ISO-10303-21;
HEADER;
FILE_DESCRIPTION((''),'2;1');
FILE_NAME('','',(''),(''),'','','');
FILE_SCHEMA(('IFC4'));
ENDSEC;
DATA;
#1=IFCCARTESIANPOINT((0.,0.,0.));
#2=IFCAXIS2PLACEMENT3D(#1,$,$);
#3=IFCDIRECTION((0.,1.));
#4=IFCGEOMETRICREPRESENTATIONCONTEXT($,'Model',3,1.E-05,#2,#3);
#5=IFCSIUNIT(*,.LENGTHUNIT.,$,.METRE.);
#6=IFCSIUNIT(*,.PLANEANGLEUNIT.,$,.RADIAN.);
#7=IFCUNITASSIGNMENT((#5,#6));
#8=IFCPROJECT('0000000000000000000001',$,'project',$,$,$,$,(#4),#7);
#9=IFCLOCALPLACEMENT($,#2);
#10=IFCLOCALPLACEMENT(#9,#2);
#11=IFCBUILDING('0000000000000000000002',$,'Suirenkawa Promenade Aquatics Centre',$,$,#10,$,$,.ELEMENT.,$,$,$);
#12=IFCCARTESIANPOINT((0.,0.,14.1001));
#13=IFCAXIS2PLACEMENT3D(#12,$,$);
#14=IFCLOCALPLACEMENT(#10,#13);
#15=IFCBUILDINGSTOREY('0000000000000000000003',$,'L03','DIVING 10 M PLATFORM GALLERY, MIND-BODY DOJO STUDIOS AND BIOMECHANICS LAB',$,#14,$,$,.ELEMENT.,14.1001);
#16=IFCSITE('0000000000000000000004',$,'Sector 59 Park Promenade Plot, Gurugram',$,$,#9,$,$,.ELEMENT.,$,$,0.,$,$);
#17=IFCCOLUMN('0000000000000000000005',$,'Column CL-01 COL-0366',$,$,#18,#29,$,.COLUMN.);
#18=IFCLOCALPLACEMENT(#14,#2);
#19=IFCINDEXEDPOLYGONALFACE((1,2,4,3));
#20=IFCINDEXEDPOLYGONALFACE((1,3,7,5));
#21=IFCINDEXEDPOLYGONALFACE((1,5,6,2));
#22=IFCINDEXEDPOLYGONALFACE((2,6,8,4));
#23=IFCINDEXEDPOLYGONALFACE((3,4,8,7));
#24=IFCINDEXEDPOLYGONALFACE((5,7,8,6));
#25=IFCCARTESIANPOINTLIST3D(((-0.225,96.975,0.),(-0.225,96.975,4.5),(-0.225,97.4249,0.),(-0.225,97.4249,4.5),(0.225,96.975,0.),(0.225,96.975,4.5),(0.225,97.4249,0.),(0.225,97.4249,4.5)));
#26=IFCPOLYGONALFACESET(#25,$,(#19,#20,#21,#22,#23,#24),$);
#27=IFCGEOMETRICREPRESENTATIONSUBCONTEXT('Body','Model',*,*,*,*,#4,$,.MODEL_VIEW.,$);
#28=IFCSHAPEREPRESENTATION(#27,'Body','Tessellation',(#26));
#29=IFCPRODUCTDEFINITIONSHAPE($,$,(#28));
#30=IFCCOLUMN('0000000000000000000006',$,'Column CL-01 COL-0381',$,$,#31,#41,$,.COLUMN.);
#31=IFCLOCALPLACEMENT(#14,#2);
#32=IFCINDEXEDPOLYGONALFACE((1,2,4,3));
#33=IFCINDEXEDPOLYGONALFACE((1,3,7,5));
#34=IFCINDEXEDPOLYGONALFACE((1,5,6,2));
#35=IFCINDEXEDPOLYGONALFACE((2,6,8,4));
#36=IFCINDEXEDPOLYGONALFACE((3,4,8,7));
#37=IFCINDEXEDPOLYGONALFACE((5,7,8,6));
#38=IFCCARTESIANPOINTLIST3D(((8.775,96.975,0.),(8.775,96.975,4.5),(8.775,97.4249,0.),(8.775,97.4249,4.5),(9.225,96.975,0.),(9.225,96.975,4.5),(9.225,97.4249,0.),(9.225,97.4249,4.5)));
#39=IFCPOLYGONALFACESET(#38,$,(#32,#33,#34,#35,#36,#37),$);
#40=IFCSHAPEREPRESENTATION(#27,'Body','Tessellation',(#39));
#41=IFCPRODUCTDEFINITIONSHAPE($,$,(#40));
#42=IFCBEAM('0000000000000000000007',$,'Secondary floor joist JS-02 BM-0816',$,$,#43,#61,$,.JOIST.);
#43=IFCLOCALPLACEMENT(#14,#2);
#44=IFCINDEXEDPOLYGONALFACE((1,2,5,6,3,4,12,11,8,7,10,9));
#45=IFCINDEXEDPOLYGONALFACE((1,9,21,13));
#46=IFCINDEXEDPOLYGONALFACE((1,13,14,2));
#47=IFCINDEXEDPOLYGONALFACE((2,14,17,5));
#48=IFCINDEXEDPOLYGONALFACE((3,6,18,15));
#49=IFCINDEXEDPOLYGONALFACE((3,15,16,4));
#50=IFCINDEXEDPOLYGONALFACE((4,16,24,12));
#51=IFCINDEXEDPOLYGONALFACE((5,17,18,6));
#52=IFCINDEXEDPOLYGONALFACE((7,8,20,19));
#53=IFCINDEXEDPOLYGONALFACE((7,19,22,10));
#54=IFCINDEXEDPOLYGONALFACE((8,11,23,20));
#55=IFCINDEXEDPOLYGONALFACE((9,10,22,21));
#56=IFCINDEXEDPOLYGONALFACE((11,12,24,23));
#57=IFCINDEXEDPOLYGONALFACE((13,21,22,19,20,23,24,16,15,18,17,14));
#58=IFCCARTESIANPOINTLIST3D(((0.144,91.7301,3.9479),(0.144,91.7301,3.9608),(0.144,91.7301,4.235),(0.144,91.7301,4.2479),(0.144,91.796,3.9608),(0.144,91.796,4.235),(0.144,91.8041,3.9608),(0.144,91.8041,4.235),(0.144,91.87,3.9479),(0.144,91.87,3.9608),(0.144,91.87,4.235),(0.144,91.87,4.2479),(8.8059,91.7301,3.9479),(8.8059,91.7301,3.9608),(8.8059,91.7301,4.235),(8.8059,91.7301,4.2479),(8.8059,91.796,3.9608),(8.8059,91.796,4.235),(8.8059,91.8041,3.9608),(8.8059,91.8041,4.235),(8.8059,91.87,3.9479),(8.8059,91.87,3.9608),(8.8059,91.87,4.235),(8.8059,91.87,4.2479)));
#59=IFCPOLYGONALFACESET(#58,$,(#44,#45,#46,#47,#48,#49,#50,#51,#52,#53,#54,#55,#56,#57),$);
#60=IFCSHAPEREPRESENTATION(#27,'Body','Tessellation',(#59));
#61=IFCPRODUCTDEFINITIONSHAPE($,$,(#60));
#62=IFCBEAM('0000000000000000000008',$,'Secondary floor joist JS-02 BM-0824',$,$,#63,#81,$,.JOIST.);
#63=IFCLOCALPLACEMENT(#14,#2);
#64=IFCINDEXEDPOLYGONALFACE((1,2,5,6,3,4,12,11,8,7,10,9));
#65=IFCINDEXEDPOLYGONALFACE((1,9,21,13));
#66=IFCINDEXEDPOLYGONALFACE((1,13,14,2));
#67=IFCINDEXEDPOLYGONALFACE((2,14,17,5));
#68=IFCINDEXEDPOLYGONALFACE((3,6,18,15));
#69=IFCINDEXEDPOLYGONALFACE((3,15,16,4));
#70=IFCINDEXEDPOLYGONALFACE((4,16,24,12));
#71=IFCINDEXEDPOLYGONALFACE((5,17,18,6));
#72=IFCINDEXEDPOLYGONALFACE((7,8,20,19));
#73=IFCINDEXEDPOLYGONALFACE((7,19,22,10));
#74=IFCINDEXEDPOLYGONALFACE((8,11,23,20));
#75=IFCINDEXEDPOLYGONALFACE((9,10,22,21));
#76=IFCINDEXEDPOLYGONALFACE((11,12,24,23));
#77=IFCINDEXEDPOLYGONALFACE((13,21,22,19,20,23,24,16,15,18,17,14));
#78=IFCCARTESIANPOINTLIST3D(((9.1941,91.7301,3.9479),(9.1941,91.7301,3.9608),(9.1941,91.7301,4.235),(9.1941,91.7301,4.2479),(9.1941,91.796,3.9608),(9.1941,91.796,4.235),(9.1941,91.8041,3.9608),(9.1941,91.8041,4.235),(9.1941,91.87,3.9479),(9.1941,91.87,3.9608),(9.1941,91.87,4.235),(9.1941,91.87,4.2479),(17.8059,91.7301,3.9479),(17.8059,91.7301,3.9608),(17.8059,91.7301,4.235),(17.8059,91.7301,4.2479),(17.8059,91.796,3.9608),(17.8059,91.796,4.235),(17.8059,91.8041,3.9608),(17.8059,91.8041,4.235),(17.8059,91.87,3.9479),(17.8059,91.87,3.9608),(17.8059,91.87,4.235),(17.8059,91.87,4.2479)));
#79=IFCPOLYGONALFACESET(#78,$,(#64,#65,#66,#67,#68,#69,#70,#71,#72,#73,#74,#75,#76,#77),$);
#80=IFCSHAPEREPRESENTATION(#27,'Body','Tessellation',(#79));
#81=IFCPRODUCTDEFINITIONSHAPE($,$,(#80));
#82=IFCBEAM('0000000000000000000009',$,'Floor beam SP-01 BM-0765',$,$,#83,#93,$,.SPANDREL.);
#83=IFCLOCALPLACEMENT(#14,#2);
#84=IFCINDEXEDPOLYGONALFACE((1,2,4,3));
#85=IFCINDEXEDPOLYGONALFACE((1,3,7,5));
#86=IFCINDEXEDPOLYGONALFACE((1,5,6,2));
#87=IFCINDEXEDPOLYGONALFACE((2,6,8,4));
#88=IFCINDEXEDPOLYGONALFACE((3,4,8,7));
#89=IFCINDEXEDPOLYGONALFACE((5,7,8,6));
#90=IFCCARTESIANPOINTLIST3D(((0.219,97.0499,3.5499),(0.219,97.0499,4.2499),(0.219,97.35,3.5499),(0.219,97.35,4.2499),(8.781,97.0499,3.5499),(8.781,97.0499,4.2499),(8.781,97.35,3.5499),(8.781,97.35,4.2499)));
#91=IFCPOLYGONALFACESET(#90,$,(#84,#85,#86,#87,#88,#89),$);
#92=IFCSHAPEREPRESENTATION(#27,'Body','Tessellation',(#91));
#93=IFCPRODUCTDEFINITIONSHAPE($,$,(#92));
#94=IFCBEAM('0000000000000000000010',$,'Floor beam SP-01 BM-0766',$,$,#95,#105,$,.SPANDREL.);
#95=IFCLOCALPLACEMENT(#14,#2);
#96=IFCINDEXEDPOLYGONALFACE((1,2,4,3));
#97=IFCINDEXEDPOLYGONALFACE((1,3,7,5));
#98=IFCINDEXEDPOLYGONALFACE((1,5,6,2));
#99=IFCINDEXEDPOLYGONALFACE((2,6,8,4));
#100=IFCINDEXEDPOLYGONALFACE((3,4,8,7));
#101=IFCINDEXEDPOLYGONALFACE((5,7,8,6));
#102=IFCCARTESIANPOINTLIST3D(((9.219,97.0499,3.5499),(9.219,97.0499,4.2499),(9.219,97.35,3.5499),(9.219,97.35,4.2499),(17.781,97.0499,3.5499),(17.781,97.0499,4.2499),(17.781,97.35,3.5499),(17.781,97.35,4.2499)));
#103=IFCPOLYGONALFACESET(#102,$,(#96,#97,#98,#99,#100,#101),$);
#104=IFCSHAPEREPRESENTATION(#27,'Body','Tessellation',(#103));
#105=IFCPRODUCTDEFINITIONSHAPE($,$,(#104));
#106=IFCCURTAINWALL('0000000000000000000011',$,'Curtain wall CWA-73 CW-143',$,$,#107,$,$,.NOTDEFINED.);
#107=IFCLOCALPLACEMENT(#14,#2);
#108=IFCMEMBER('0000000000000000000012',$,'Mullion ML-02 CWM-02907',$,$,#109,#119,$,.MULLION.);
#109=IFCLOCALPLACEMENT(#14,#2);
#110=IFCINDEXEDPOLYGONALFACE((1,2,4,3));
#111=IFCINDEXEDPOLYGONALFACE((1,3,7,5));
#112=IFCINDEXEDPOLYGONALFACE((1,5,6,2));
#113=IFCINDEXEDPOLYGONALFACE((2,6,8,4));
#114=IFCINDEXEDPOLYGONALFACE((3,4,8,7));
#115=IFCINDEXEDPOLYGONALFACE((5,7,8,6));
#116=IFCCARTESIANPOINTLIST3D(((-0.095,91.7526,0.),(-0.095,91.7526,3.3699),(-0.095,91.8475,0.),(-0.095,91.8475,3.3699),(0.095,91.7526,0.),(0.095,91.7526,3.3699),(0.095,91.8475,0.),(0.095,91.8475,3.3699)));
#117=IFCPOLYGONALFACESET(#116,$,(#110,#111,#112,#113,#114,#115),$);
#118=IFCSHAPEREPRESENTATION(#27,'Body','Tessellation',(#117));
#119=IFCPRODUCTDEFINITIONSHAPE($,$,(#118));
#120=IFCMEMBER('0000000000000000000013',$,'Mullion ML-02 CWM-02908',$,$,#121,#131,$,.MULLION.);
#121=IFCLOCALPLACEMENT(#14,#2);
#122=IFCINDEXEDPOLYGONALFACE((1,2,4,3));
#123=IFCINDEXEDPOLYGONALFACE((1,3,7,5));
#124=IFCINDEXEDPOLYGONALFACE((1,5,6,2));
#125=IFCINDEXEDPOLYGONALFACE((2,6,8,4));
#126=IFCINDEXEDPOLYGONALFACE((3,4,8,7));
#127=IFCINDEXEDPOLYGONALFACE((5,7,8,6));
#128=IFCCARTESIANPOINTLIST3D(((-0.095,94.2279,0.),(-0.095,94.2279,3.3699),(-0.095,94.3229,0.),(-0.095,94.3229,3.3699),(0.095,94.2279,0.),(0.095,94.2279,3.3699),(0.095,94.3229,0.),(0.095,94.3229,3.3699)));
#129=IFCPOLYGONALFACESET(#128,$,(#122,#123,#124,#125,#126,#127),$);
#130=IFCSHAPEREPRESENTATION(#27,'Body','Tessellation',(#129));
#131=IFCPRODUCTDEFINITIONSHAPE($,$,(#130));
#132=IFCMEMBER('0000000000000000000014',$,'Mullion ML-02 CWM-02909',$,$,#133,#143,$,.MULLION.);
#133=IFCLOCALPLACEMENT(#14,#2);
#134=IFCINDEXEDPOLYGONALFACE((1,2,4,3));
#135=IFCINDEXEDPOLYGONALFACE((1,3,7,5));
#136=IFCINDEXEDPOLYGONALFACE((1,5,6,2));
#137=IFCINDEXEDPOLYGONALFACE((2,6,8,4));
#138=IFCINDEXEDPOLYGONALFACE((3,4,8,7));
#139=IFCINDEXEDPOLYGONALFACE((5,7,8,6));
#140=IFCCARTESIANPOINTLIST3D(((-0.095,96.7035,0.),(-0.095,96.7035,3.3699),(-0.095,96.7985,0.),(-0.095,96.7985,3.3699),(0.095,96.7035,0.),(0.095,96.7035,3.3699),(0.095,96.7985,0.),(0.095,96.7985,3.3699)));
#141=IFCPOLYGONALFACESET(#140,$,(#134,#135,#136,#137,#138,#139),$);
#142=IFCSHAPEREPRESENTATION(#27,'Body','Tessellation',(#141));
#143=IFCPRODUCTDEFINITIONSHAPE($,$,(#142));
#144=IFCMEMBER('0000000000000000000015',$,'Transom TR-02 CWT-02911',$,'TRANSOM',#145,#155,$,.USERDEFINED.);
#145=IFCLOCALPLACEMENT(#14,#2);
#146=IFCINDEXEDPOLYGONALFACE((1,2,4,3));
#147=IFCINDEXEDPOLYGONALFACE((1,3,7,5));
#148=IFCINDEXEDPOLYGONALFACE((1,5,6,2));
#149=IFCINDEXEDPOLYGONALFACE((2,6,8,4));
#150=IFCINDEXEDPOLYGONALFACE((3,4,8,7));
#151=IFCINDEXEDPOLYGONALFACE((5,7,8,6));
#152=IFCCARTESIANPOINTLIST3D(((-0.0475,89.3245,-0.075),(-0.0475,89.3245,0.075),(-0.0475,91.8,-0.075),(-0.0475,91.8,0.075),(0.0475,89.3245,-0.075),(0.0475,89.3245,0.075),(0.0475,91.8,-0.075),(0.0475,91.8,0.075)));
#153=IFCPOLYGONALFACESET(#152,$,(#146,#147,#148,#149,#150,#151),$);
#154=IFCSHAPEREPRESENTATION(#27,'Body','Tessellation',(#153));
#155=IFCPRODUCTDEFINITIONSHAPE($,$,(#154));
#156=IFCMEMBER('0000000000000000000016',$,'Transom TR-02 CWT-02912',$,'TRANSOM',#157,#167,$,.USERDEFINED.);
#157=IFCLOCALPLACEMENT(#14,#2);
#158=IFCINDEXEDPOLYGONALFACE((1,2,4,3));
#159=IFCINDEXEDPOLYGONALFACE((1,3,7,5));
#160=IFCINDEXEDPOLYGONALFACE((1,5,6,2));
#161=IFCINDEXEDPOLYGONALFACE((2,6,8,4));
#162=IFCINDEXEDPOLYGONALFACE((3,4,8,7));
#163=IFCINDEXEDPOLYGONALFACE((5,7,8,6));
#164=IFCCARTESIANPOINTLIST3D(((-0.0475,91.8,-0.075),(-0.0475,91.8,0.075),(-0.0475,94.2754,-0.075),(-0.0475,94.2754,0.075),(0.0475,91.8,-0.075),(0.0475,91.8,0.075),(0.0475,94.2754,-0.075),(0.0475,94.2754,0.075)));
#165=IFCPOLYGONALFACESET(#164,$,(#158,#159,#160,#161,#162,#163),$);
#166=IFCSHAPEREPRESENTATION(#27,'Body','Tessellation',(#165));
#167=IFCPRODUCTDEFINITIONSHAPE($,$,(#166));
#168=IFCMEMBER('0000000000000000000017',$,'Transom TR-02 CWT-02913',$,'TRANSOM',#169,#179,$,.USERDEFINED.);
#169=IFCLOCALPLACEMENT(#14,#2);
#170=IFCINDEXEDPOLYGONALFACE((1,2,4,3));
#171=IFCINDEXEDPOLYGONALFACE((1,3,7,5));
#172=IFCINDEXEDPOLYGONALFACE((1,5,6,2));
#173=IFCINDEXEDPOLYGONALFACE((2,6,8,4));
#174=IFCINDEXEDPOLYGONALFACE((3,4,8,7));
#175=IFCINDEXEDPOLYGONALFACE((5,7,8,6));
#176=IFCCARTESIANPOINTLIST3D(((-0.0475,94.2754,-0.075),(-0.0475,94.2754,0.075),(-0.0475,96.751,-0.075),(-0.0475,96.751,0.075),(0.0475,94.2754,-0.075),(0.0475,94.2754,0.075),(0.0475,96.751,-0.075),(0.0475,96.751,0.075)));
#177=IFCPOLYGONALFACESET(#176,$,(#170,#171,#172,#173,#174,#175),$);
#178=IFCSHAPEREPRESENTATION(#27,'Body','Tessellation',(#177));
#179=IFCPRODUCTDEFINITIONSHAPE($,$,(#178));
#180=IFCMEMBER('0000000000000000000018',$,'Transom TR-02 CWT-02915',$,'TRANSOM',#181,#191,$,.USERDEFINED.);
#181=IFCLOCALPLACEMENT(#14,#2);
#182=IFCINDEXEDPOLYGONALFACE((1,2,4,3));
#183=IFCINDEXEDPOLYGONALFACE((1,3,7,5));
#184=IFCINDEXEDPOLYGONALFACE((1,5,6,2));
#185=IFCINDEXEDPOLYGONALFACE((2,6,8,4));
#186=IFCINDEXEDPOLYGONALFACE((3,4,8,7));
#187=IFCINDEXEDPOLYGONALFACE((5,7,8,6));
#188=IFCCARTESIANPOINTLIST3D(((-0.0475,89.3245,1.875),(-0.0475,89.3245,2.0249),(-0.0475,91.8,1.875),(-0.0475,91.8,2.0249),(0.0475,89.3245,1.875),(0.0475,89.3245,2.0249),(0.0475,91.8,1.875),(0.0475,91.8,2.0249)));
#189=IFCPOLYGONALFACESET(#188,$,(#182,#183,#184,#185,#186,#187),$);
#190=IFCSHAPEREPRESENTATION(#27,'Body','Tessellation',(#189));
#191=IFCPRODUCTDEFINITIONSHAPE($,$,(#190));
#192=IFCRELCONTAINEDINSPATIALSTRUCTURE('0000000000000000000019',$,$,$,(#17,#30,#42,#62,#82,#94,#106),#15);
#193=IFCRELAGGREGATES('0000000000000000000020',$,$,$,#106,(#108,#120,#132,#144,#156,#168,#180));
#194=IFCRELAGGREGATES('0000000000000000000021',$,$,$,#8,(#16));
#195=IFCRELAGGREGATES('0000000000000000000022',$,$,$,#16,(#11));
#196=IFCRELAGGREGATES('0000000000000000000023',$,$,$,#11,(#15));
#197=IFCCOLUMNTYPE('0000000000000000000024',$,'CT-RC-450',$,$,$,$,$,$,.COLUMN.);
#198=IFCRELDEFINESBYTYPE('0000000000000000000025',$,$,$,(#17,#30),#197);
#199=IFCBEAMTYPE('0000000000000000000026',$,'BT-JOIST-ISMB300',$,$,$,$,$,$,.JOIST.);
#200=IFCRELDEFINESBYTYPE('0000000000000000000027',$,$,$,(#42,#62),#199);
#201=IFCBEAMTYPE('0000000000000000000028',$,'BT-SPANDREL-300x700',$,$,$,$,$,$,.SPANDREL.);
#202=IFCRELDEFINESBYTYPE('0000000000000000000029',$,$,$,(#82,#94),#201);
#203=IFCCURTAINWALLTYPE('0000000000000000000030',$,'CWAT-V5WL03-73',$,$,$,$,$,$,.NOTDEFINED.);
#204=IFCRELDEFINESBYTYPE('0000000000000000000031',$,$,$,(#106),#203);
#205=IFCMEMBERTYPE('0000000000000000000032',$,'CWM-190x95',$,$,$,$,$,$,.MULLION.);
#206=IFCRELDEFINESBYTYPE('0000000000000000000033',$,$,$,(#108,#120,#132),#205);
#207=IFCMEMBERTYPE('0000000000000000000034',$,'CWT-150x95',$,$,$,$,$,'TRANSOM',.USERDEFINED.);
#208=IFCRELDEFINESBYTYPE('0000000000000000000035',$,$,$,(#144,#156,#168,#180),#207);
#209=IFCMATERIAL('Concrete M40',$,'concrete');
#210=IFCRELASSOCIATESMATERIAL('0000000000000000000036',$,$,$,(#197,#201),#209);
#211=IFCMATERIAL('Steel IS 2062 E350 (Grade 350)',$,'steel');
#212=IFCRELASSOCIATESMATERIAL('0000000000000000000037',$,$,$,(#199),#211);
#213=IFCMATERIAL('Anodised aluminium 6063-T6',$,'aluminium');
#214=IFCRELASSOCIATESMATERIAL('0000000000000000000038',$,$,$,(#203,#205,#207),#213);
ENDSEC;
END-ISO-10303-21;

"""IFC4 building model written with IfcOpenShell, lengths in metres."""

from ifc_helpers import new_model, si_unit, direction, frame, origin, origin_2d, place, context, subcontext, project, spatial, rectangle, i_section, extrude, material, material_profile, profile_set, type_object, element, aggregate, save


model = new_model("IFC4")

# Units and contexts
model_context = context("Model", 3, precision=1e-05, world=origin(), true_north=direction((0.0, 1.0)))
body_context = subcontext(model_context, "Body", "Model", "MODEL_VIEW")
ifc_project = project(units=[si_unit("LENGTHUNIT", "METRE"), si_unit("PLANEANGLEUNIT", "RADIAN")], contexts=[model_context])

# Site, building, storey
site_placement = place(None, origin())
site = spatial("IfcSite", under=ifc_project, at=site_placement, Name="Sector 59 Park Promenade Plot, Gurugram", CompositionType="ELEMENT", RefElevation=0.0)
building_placement = place(site_placement, origin())
building = spatial("IfcBuilding", under=site, at=building_placement, Name="Suirenkawa Promenade Aquatics Centre", CompositionType="ELEMENT")
storey_placement = place(building_placement, frame((0.0, 0.0, 14.1001)))
storey = spatial("IfcBuildingStorey", under=building, at=storey_placement, Name="L03", Description="DIVING 10 M PLATFORM GALLERY, MIND-BODY DOJO STUDIOS AND BIOMECHANICS LAB", CompositionType="ELEMENT", Elevation=14.1001)

# Columns
ifc_material_1 = material(Name="Concrete M40", Category="concrete")
ifc_material_profile_1 = material_profile(ifc_material_1, rectangle(XDim=0.45, YDim=0.45, at=origin_2d()), Name="RC COL 450x450", Category="concrete")
ifc_profile_set_1 = profile_set([ifc_material_profile_1], Name="Concrete M40")
column_type = type_object("IfcColumnType", Name="CT-RC-450", PredefinedType="COLUMN", material=ifc_profile_set_1)
for number, where, z_axis, x_axis, name in (
    (1, (0.0, 97.2, 0.0), (0.0, 0.0, 1.0), (1.0, 0.0, 0.0), "Column CL-01 COL-0366"),
    (2, (9.0, 97.2, 0.0), (0.0, 0.0, 1.0), (1.0, 0.0, 0.0), "Column CL-01 COL-0381"),
):
    element("IfcColumn", number, at=place(storey_placement, frame(where, z_axis=z_axis, x_axis=x_axis)), inside=storey, type_object=column_type, Name=name, PredefinedType="COLUMN", context=body_context, shape_type="SweptSolid", body=[
        extrude(rectangle(XDim=0.45, YDim=0.45, at=origin_2d()), origin(), (0.0, 0.0, 1.0), 4.5),
    ])

# Beams
ifc_material_2 = material(Name="Steel IS 2062 E350 (Grade 350)", Category="steel")
ifc_material_profile_2 = material_profile(ifc_material_2, i_section(OverallWidth=0.1399, OverallDepth=0.3, WebThickness=0.0081, FlangeThickness=0.0129, at=origin_2d()), Name="ISMB 300", Category="steel")
ifc_profile_set_2 = profile_set([ifc_material_profile_2], Name="Steel IS 2062 E350 (Grade 350)")
beam_type_1 = type_object("IfcBeamType", Name="BT-JOIST-ISMB300", PredefinedType="JOIST", material=ifc_profile_set_2)
beam_1_placement = place(storey_placement, frame((0.144, 91.8, 4.0979), z_axis=(1.0, 0.0, 0.0), x_axis=(0.0, 1.0, 0.0)))
element("IfcBeam", 3, at=beam_1_placement, inside=storey, type_object=beam_type_1, Name="Secondary floor joist JS-02 BM-0816", PredefinedType="JOIST", context=body_context, shape_type="SweptSolid", body=[
    extrude(i_section(OverallWidth=0.1399, OverallDepth=0.3, WebThickness=0.0081, FlangeThickness=0.0129, at=origin_2d()), origin(), (0.0, 0.0, 1.0), 8.6619),
])
beam_2_placement = place(storey_placement, frame((9.1941, 91.8, 4.0979), z_axis=(1.0, 0.0, 0.0), x_axis=(0.0, 1.0, 0.0)))
element("IfcBeam", 4, at=beam_2_placement, inside=storey, type_object=beam_type_1, Name="Secondary floor joist JS-02 BM-0824", PredefinedType="JOIST", context=body_context, shape_type="SweptSolid", body=[
    extrude(i_section(OverallWidth=0.1399, OverallDepth=0.3, WebThickness=0.0081, FlangeThickness=0.0129, at=origin_2d()), origin(), (0.0, 0.0, 1.0), 8.6118),
])
ifc_material_profile_3 = material_profile(ifc_material_1, rectangle(XDim=0.3, YDim=0.7, at=origin_2d()), Name="RC SPANDREL 300x700", Category="concrete")
ifc_profile_set_3 = profile_set([ifc_material_profile_3], Name="Concrete M40")
beam_type_2 = type_object("IfcBeamType", Name="BT-SPANDREL-300x700", PredefinedType="SPANDREL", material=ifc_profile_set_3)
for number, where, z_axis, x_axis, name in (
    (5, (0.219, 97.2, 3.8999), (1.0, 0.0, 0.0), (0.0, 1.0, 0.0), "Floor beam SP-01 BM-0765"),
    (6, (9.219, 97.2, 3.8999), (1.0, 0.0, 0.0), (0.0, 1.0, 0.0), "Floor beam SP-01 BM-0766"),
):
    element("IfcBeam", number, at=place(storey_placement, frame(where, z_axis=z_axis, x_axis=x_axis)), inside=storey, type_object=beam_type_2, Name=name, PredefinedType="SPANDREL", context=body_context, shape_type="SweptSolid", body=[
        extrude(rectangle(XDim=0.3, YDim=0.7, at=origin_2d()), origin(), (0.0, 0.0, 1.0), 8.562),
    ])

# Curtain wall, members
ifc_material_3 = material(Name="Anodised aluminium 6063-T6", Category="aluminium")
curtain_wall_type = type_object("IfcCurtainWallType", Name="CWAT-V5WL03-73", PredefinedType="NOTDEFINED", material=ifc_material_3)
curtain_wall_placement = place(storey_placement, origin())
curtain_wall = element("IfcCurtainWall", 7, at=curtain_wall_placement, inside=storey, type_object=curtain_wall_type, Name="Curtain wall CWA-73 CW-143", PredefinedType="NOTDEFINED")
ifc_material_profile_4 = material_profile(ifc_material_3, rectangle(XDim=0.095, YDim=0.1899, at=origin_2d()), Name="ALU MULL 95x190", Category="aluminium")
ifc_profile_set_4 = profile_set([ifc_material_profile_4], Name="Anodised aluminium 6063-T6")
member_type_1 = type_object("IfcMemberType", Name="CWM-190x95", PredefinedType="MULLION", material=ifc_profile_set_4)
member_1_placement = place(storey_placement, frame((0.0, 91.8, 0.0), z_axis=(0.0, 0.0, 1.0), x_axis=(0.0, 1.0, 0.0)))
member_1 = element("IfcMember", 8, at=member_1_placement, type_object=member_type_1, Name="Mullion ML-02 CWM-02907", PredefinedType="MULLION", context=body_context, shape_type="SweptSolid", body=[
    extrude(rectangle(XDim=0.095, YDim=0.1899, at=origin_2d()), origin(), (0.0, 0.0, 1.0), 3.3699),
])
member_2_placement = place(storey_placement, frame((0.0, 94.2754, 0.0), z_axis=(0.0, 0.0, 1.0), x_axis=(0.0, 1.0, 0.0)))
member_2 = element("IfcMember", 9, at=member_2_placement, type_object=member_type_1, Name="Mullion ML-02 CWM-02908", PredefinedType="MULLION", context=body_context, shape_type="SweptSolid", body=[
    extrude(rectangle(XDim=0.095, YDim=0.1899, at=origin_2d()), origin(), (0.0, 0.0, 1.0), 3.3699),
])
member_3_placement = place(storey_placement, frame((0.0, 96.751, 0.0), z_axis=(0.0, 0.0, 1.0), x_axis=(0.0, 1.0, 0.0)))
member_3 = element("IfcMember", 10, at=member_3_placement, type_object=member_type_1, Name="Mullion ML-02 CWM-02909", PredefinedType="MULLION", context=body_context, shape_type="SweptSolid", body=[
    extrude(rectangle(XDim=0.095, YDim=0.1899, at=origin_2d()), origin(), (0.0, 0.0, 1.0), 3.3699),
])
ifc_material_profile_5 = material_profile(ifc_material_3, rectangle(XDim=0.095, YDim=0.1499, at=origin_2d()), Name="ALU TRAN 95x150", Category="aluminium")
ifc_profile_set_5 = profile_set([ifc_material_profile_5], Name="Anodised aluminium 6063-T6")
member_type_2 = type_object("IfcMemberType", Name="CWT-150x95", ElementType="TRANSOM", PredefinedType="USERDEFINED", material=ifc_profile_set_5)
member_4_placement = place(storey_placement, frame((0.0, 89.3245, 0.0), z_axis=(0.0, 1.0, 0.0), x_axis=(-1.0, 0.0, 0.0)))
member_4 = element("IfcMember", 11, at=member_4_placement, type_object=member_type_2, Name="Transom TR-02 CWT-02911", ObjectType="TRANSOM", PredefinedType="USERDEFINED", context=body_context, shape_type="SweptSolid", body=[
    extrude(rectangle(XDim=0.095, YDim=0.1499, at=origin_2d()), origin(), (0.0, 0.0, 1.0), 2.4756),
])
member_5_placement = place(storey_placement, frame((0.0, 91.8, 0.0), z_axis=(0.0, 1.0, 0.0), x_axis=(-1.0, 0.0, 0.0)))
member_5 = element("IfcMember", 12, at=member_5_placement, type_object=member_type_2, Name="Transom TR-02 CWT-02912", ObjectType="TRANSOM", PredefinedType="USERDEFINED", context=body_context, shape_type="SweptSolid", body=[
    extrude(rectangle(XDim=0.095, YDim=0.1499, at=origin_2d()), origin(), (0.0, 0.0, 1.0), 2.4753),
])
member_6_placement = place(storey_placement, frame((0.0, 94.2754, 0.0), z_axis=(0.0, 1.0, 0.0), x_axis=(-1.0, 0.0, 0.0)))
member_6 = element("IfcMember", 13, at=member_6_placement, type_object=member_type_2, Name="Transom TR-02 CWT-02913", ObjectType="TRANSOM", PredefinedType="USERDEFINED", context=body_context, shape_type="SweptSolid", body=[
    extrude(rectangle(XDim=0.095, YDim=0.1499, at=origin_2d()), origin(), (0.0, 0.0, 1.0), 2.4756),
])
member_7_placement = place(storey_placement, frame((0.0, 89.3245, 1.95), z_axis=(0.0, 1.0, 0.0), x_axis=(-1.0, 0.0, 0.0)))
member_7 = element("IfcMember", 14, at=member_7_placement, type_object=member_type_2, Name="Transom TR-02 CWT-02915", ObjectType="TRANSOM", PredefinedType="USERDEFINED", context=body_context, shape_type="SweptSolid", body=[
    extrude(rectangle(XDim=0.095, YDim=0.1499, at=origin_2d()), origin(), (0.0, 0.0, 1.0), 2.4756),
])
aggregate(curtain_wall, [member_1, member_2, member_3, member_4, member_5, member_6, member_7])

save(model, "model.ifc")
